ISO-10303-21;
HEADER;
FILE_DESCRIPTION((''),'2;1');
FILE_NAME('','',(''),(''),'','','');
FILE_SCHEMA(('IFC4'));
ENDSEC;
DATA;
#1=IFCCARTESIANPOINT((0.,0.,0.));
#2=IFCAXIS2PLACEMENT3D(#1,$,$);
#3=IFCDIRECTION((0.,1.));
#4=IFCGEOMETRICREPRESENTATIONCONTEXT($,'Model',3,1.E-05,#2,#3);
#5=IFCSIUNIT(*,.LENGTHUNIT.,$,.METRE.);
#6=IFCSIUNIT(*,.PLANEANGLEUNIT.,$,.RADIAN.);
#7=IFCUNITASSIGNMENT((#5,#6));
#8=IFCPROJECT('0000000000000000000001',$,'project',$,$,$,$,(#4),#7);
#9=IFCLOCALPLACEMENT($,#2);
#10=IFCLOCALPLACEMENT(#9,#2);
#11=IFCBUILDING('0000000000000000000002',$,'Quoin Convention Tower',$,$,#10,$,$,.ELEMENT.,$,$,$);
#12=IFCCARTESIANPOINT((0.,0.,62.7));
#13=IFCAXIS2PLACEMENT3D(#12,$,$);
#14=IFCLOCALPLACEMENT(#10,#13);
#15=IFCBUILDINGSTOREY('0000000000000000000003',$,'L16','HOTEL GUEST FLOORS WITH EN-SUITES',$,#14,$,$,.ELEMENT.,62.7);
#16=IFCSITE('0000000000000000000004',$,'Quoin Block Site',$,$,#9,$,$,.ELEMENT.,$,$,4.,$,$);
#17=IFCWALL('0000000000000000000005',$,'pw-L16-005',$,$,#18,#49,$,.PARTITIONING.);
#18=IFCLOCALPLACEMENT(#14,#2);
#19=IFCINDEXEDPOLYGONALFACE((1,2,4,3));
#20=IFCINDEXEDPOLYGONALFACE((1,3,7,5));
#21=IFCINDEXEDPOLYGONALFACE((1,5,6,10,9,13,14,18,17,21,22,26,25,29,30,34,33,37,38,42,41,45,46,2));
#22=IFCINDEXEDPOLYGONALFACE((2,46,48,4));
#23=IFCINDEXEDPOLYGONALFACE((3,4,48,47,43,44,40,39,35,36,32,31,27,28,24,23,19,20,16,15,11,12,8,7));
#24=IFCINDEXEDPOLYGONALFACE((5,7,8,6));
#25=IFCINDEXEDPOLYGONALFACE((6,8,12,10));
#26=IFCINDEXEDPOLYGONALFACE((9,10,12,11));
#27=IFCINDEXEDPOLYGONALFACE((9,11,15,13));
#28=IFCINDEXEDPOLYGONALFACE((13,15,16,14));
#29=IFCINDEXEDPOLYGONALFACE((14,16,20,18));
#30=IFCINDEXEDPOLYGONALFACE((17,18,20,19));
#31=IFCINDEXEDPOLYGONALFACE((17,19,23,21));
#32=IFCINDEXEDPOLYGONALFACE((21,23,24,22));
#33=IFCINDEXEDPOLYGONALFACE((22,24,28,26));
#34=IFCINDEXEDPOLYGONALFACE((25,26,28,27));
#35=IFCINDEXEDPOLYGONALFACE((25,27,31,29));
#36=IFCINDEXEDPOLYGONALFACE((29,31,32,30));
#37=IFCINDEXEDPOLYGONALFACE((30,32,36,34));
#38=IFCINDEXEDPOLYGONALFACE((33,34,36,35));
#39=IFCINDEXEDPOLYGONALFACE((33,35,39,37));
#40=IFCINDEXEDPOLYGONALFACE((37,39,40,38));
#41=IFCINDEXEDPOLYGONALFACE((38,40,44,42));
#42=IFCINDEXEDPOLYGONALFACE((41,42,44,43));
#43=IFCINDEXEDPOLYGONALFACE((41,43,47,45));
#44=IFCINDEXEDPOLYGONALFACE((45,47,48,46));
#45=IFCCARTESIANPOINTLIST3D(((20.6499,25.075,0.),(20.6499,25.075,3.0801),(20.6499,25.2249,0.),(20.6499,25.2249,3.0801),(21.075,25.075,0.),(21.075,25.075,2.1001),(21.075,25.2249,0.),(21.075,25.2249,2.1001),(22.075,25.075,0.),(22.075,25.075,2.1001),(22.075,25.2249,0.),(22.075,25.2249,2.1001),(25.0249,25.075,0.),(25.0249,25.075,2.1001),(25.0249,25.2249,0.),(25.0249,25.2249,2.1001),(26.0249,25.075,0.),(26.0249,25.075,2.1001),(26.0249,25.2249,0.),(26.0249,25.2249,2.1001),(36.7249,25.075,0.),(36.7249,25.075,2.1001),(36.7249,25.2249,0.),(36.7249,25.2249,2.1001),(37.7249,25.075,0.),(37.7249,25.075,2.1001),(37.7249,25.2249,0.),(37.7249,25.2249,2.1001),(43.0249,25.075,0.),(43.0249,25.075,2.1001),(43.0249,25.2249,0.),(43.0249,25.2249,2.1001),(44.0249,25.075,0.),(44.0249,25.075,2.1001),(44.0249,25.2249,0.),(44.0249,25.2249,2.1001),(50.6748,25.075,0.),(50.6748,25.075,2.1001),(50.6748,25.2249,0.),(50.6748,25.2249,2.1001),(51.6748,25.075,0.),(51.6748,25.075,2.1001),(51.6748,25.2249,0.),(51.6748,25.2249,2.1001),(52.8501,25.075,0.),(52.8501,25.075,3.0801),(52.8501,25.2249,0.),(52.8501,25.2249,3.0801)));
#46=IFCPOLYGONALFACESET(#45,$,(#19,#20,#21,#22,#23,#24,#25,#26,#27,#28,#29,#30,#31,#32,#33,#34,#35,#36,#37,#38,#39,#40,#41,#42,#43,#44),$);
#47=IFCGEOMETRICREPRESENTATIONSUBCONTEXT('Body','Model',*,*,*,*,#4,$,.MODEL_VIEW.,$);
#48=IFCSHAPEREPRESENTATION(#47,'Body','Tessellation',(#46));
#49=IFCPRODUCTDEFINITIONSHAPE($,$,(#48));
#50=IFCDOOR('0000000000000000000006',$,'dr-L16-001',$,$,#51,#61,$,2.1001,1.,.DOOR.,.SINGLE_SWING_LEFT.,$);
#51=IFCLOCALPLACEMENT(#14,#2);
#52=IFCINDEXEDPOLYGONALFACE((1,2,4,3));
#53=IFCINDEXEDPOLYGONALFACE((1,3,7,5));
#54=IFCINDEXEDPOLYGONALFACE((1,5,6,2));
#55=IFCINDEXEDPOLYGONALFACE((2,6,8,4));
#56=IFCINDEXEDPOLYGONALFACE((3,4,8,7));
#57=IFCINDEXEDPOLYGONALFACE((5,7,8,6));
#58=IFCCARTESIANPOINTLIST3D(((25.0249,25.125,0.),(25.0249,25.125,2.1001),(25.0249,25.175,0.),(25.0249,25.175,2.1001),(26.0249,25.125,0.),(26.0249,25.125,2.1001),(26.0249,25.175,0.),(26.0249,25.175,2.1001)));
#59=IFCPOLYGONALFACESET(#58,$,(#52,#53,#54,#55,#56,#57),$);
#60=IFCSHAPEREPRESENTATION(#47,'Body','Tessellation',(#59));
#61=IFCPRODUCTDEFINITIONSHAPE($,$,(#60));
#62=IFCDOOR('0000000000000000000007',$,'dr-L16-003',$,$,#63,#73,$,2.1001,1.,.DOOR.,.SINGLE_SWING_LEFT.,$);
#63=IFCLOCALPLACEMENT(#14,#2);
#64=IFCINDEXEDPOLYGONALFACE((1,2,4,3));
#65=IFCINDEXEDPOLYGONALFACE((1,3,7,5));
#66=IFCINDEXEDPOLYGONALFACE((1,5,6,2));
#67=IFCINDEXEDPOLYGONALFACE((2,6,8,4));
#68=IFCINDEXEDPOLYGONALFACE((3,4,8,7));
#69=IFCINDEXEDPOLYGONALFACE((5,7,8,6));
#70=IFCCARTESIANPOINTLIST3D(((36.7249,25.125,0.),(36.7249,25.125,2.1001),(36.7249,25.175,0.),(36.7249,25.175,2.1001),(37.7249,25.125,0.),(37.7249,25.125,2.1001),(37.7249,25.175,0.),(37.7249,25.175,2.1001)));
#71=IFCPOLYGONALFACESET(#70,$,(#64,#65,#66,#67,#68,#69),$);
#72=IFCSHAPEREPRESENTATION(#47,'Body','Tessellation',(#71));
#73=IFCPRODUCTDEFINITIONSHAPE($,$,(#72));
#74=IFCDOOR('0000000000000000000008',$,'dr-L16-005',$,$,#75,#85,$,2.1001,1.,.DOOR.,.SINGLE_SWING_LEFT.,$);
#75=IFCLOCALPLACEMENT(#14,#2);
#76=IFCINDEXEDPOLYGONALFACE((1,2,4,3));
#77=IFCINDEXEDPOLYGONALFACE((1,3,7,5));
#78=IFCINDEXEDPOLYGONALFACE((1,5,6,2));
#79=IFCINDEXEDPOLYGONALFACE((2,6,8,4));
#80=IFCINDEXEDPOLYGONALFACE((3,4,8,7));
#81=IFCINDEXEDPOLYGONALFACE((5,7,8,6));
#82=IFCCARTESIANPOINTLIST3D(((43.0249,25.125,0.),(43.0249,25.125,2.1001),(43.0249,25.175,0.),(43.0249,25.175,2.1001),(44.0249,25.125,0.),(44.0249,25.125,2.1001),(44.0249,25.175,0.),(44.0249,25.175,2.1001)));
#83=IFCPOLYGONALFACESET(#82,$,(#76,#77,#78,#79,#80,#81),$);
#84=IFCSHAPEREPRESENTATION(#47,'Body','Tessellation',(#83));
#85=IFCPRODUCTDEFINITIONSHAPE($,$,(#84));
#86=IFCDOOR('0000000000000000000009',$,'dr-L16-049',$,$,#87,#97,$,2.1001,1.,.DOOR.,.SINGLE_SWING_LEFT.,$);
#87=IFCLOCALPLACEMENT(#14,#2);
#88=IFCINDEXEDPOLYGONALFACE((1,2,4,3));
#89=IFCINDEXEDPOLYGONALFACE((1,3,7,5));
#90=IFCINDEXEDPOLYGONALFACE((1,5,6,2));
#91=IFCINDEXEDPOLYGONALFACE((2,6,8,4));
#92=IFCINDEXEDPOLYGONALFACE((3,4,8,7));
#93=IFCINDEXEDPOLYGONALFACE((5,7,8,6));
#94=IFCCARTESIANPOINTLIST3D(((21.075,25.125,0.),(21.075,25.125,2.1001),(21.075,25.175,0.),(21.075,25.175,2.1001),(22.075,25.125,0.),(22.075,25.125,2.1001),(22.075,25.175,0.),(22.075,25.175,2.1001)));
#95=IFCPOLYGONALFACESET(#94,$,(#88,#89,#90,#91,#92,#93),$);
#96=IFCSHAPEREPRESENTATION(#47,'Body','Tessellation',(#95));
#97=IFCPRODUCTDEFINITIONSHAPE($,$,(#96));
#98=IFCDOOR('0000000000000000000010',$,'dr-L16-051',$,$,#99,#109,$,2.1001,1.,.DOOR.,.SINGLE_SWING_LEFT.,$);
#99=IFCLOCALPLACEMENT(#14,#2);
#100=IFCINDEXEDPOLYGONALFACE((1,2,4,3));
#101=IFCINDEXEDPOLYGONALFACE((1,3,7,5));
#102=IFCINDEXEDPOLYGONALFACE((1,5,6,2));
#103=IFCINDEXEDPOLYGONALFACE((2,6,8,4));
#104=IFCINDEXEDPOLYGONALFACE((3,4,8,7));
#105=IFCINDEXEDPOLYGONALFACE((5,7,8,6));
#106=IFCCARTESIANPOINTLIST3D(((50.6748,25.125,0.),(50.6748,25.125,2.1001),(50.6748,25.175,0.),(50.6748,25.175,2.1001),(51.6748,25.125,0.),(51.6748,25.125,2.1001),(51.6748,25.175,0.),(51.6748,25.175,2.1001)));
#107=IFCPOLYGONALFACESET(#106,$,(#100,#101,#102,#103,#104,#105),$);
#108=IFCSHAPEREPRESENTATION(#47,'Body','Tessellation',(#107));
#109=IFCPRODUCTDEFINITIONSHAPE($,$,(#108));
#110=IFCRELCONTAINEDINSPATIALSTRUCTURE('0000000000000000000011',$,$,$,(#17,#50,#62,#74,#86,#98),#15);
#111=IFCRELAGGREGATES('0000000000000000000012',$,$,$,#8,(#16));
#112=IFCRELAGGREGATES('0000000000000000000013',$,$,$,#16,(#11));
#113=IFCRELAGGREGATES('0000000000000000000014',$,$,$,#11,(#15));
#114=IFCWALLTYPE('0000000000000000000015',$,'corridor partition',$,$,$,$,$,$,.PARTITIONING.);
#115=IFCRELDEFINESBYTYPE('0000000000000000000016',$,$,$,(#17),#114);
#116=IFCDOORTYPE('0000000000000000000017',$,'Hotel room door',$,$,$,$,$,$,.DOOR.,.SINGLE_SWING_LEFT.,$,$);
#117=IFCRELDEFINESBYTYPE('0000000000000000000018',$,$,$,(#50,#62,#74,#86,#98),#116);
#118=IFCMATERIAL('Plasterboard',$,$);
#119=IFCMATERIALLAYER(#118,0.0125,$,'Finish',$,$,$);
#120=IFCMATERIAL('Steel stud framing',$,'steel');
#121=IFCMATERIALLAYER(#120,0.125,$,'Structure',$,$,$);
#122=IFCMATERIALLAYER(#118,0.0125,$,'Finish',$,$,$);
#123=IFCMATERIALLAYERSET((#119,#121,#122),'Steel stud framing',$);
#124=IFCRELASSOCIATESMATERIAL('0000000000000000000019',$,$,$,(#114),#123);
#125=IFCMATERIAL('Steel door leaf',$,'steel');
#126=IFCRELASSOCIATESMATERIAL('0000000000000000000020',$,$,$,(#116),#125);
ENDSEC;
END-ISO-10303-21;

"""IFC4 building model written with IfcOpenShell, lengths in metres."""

from ifc_helpers import new_model, si_unit, direction, frame, frame_2d, origin, place, context, subcontext, project, spatial, rectangle, extrude, material, layer, layer_set, type_object, element, fill, save


model = new_model("IFC4")

# Units and contexts
model_context = context("Model", 3, precision=1e-05, world=origin(), true_north=direction((0.0, 1.0)))
body_context = subcontext(model_context, "Body", "Model", "MODEL_VIEW")
ifc_project = project(units=[si_unit("LENGTHUNIT", "METRE"), si_unit("PLANEANGLEUNIT", "RADIAN")], contexts=[model_context])

# Site, building, storey
site_placement = place(None, origin())
site = spatial("IfcSite", under=ifc_project, at=site_placement, Name="Quoin Block Site", CompositionType="ELEMENT", RefElevation=4.0)
building_placement = place(site_placement, origin())
building = spatial("IfcBuilding", under=site, at=building_placement, Name="Quoin Convention Tower", CompositionType="ELEMENT")
storey_placement = place(building_placement, frame((0.0, 0.0, 62.7)))
storey = spatial("IfcBuildingStorey", under=building, at=storey_placement, Name="L16", Description="HOTEL GUEST FLOORS WITH EN-SUITES", CompositionType="ELEMENT", Elevation=62.7)

# Shared definitions
ifc_material_1 = material(Name="Steel door leaf", Category="steel")

# Wall, openings, doors
ifc_material_2 = material(Name="Plasterboard")
ifc_layer_1 = layer(ifc_material_2, 0.0125, Name="Finish")
ifc_material_3 = material(Name="Steel stud framing", Category="steel")
ifc_layer_2 = layer(ifc_material_3, 0.125, Name="Structure")
ifc_layer_3 = layer(ifc_material_2, 0.0125, Name="Finish")
ifc_layer_set_1 = layer_set([ifc_layer_1, ifc_layer_2, ifc_layer_3], Name="Steel stud framing")
wall_type_1 = type_object("IfcWallType", Name="corridor partition", PredefinedType="PARTITIONING", material=ifc_layer_set_1)
wall_1_placement = place(storey_placement, frame((20.6499, 25.1499, 0.0), z_axis=(0.0, 0.0, 1.0), x_axis=(1.0, 0.0, 0.0)))
wall_1 = element("IfcWall", 1, at=wall_1_placement, inside=storey, type_object=wall_type_1, Name="pw-L16-005", PredefinedType="PARTITIONING", context=body_context, shape_type="SweptSolid", body=[
    extrude(rectangle(XDim=32.2002, YDim=0.1499, at=frame_2d((16.1001, 0.0))), origin(), (0.0, 0.0, 1.0), 3.0801),
])
opening_1_placement = place(wall_1_placement, frame((4.375, 0.0, 0.0)))
opening_1 = element("IfcOpeningElement", 2, at=opening_1_placement, cuts=wall_1, PredefinedType="OPENING", context=body_context, shape_type="SweptSolid", body=[
    extrude(rectangle(XDim=1.0, YDim=2.1001, at=frame_2d((0.5, 1.05))), frame((0.0, 0.085, 0.0), z_axis=(0.0, -1.0, 0.0), x_axis=(1.0, 0.0, 0.0)), (0.0, 0.0, 1.0), 0.1699),
])
opening_2_placement = place(wall_1_placement, frame((16.075, 0.0, 0.0)))
opening_2 = element("IfcOpeningElement", 3, at=opening_2_placement, cuts=wall_1, PredefinedType="OPENING", context=body_context, shape_type="SweptSolid", body=[
    extrude(rectangle(XDim=1.0, YDim=2.1001, at=frame_2d((0.5, 1.05))), frame((0.0, 0.085, 0.0), z_axis=(0.0, -1.0, 0.0), x_axis=(1.0, 0.0, 0.0)), (0.0, 0.0, 1.0), 0.1699),
])
opening_3_placement = place(wall_1_placement, frame((22.375, 0.0, 0.0)))
opening_3 = element("IfcOpeningElement", 4, at=opening_3_placement, cuts=wall_1, PredefinedType="OPENING", context=body_context, shape_type="SweptSolid", body=[
    extrude(rectangle(XDim=1.0, YDim=2.1001, at=frame_2d((0.5, 1.05))), frame((0.0, 0.085, 0.0), z_axis=(0.0, -1.0, 0.0), x_axis=(1.0, 0.0, 0.0)), (0.0, 0.0, 1.0), 0.1699),
])
opening_4_placement = place(wall_1_placement, frame((0.425, 0.0, 0.0)))
opening_4 = element("IfcOpeningElement", 5, at=opening_4_placement, cuts=wall_1, PredefinedType="OPENING", context=body_context, shape_type="SweptSolid", body=[
    extrude(rectangle(XDim=1.0, YDim=2.1001, at=frame_2d((0.5, 1.05))), frame((0.0, 0.085, 0.0), z_axis=(0.0, -1.0, 0.0), x_axis=(1.0, 0.0, 0.0)), (0.0, 0.0, 1.0), 0.1699),
])
opening_5_placement = place(wall_1_placement, frame((30.0249, 0.0, 0.0)))
opening_5 = element("IfcOpeningElement", 6, at=opening_5_placement, cuts=wall_1, PredefinedType="OPENING", context=body_context, shape_type="SweptSolid", body=[
    extrude(rectangle(XDim=1.0, YDim=2.1001, at=frame_2d((0.5, 1.05))), frame((0.0, 0.085, 0.0), z_axis=(0.0, -1.0, 0.0), x_axis=(1.0, 0.0, 0.0)), (0.0, 0.0, 1.0), 0.1699),
])
door_type_1 = type_object("IfcDoorType", Name="Hotel room door", OperationType="SINGLE_SWING_LEFT", PredefinedType="DOOR", material=ifc_material_1)
door_1_placement = place(opening_1_placement, frame((1.0, 0.0, 0.0), z_axis=(0.0, 0.0, 1.0), x_axis=(-1.0, 0.0, 0.0)))
door_1 = element("IfcDoor", 7, at=door_1_placement, inside=storey, type_object=door_type_1, Name="dr-L16-001", OperationType="SINGLE_SWING_LEFT", OverallHeight=2.1001, OverallWidth=1.0, PredefinedType="DOOR", context=body_context, shape_type="SweptSolid", body=[
    extrude(rectangle(XDim=1.0, YDim=2.1001, at=frame_2d((0.5, 1.05))), frame((0.0, 0.0249, 0.0), z_axis=(0.0, -1.0, 0.0), x_axis=(1.0, 0.0, 0.0)), (0.0, 0.0, 1.0), 0.05),
])
fill(opening_1, door_1)
door_2_placement = place(opening_2_placement, frame((1.0, 0.0, 0.0), z_axis=(0.0, 0.0, 1.0), x_axis=(-1.0, 0.0, 0.0)))
door_2 = element("IfcDoor", 8, at=door_2_placement, inside=storey, type_object=door_type_1, Name="dr-L16-003", OperationType="SINGLE_SWING_LEFT", OverallHeight=2.1001, OverallWidth=1.0, PredefinedType="DOOR", context=body_context, shape_type="SweptSolid", body=[
    extrude(rectangle(XDim=1.0, YDim=2.1001, at=frame_2d((0.5, 1.05))), frame((0.0, 0.0249, 0.0), z_axis=(0.0, -1.0, 0.0), x_axis=(1.0, 0.0, 0.0)), (0.0, 0.0, 1.0), 0.05),
])
fill(opening_2, door_2)
door_3_placement = place(opening_3_placement, frame((1.0, 0.0, 0.0), z_axis=(0.0, 0.0, 1.0), x_axis=(-1.0, 0.0, 0.0)))
door_3 = element("IfcDoor", 9, at=door_3_placement, inside=storey, type_object=door_type_1, Name="dr-L16-005", OperationType="SINGLE_SWING_LEFT", OverallHeight=2.1001, OverallWidth=1.0, PredefinedType="DOOR", context=body_context, shape_type="SweptSolid", body=[
    extrude(rectangle(XDim=1.0, YDim=2.1001, at=frame_2d((0.5, 1.05))), frame((0.0, 0.0249, 0.0), z_axis=(0.0, -1.0, 0.0), x_axis=(1.0, 0.0, 0.0)), (0.0, 0.0, 1.0), 0.05),
])
fill(opening_3, door_3)
door_4_placement = place(opening_4_placement, frame((1.0, 0.0, 0.0), z_axis=(0.0, 0.0, 1.0), x_axis=(-1.0, 0.0, 0.0)))
door_4 = element("IfcDoor", 10, at=door_4_placement, inside=storey, type_object=door_type_1, Name="dr-L16-049", OperationType="SINGLE_SWING_LEFT", OverallHeight=2.1001, OverallWidth=1.0, PredefinedType="DOOR", context=body_context, shape_type="SweptSolid", body=[
    extrude(rectangle(XDim=1.0, YDim=2.1001, at=frame_2d((0.5, 1.05))), frame((0.0, 0.0249, 0.0), z_axis=(0.0, -1.0, 0.0), x_axis=(1.0, 0.0, 0.0)), (0.0, 0.0, 1.0), 0.05),
])
fill(opening_4, door_4)
door_5_placement = place(opening_5_placement, frame((1.0, 0.0, 0.0), z_axis=(0.0, 0.0, 1.0), x_axis=(-1.0, 0.0, 0.0)))
door_5 = element("IfcDoor", 11, at=door_5_placement, inside=storey, type_object=door_type_1, Name="dr-L16-051", OperationType="SINGLE_SWING_LEFT", OverallHeight=2.1001, OverallWidth=1.0, PredefinedType="DOOR", context=body_context, shape_type="SweptSolid", body=[
    extrude(rectangle(XDim=1.0, YDim=2.1001, at=frame_2d((0.5, 1.05))), frame((0.0, 0.0249, 0.0), z_axis=(0.0, -1.0, 0.0), x_axis=(1.0, 0.0, 0.0)), (0.0, 0.0, 1.0), 0.05),
])
fill(opening_5, door_5)

save(model, "model.ifc")
